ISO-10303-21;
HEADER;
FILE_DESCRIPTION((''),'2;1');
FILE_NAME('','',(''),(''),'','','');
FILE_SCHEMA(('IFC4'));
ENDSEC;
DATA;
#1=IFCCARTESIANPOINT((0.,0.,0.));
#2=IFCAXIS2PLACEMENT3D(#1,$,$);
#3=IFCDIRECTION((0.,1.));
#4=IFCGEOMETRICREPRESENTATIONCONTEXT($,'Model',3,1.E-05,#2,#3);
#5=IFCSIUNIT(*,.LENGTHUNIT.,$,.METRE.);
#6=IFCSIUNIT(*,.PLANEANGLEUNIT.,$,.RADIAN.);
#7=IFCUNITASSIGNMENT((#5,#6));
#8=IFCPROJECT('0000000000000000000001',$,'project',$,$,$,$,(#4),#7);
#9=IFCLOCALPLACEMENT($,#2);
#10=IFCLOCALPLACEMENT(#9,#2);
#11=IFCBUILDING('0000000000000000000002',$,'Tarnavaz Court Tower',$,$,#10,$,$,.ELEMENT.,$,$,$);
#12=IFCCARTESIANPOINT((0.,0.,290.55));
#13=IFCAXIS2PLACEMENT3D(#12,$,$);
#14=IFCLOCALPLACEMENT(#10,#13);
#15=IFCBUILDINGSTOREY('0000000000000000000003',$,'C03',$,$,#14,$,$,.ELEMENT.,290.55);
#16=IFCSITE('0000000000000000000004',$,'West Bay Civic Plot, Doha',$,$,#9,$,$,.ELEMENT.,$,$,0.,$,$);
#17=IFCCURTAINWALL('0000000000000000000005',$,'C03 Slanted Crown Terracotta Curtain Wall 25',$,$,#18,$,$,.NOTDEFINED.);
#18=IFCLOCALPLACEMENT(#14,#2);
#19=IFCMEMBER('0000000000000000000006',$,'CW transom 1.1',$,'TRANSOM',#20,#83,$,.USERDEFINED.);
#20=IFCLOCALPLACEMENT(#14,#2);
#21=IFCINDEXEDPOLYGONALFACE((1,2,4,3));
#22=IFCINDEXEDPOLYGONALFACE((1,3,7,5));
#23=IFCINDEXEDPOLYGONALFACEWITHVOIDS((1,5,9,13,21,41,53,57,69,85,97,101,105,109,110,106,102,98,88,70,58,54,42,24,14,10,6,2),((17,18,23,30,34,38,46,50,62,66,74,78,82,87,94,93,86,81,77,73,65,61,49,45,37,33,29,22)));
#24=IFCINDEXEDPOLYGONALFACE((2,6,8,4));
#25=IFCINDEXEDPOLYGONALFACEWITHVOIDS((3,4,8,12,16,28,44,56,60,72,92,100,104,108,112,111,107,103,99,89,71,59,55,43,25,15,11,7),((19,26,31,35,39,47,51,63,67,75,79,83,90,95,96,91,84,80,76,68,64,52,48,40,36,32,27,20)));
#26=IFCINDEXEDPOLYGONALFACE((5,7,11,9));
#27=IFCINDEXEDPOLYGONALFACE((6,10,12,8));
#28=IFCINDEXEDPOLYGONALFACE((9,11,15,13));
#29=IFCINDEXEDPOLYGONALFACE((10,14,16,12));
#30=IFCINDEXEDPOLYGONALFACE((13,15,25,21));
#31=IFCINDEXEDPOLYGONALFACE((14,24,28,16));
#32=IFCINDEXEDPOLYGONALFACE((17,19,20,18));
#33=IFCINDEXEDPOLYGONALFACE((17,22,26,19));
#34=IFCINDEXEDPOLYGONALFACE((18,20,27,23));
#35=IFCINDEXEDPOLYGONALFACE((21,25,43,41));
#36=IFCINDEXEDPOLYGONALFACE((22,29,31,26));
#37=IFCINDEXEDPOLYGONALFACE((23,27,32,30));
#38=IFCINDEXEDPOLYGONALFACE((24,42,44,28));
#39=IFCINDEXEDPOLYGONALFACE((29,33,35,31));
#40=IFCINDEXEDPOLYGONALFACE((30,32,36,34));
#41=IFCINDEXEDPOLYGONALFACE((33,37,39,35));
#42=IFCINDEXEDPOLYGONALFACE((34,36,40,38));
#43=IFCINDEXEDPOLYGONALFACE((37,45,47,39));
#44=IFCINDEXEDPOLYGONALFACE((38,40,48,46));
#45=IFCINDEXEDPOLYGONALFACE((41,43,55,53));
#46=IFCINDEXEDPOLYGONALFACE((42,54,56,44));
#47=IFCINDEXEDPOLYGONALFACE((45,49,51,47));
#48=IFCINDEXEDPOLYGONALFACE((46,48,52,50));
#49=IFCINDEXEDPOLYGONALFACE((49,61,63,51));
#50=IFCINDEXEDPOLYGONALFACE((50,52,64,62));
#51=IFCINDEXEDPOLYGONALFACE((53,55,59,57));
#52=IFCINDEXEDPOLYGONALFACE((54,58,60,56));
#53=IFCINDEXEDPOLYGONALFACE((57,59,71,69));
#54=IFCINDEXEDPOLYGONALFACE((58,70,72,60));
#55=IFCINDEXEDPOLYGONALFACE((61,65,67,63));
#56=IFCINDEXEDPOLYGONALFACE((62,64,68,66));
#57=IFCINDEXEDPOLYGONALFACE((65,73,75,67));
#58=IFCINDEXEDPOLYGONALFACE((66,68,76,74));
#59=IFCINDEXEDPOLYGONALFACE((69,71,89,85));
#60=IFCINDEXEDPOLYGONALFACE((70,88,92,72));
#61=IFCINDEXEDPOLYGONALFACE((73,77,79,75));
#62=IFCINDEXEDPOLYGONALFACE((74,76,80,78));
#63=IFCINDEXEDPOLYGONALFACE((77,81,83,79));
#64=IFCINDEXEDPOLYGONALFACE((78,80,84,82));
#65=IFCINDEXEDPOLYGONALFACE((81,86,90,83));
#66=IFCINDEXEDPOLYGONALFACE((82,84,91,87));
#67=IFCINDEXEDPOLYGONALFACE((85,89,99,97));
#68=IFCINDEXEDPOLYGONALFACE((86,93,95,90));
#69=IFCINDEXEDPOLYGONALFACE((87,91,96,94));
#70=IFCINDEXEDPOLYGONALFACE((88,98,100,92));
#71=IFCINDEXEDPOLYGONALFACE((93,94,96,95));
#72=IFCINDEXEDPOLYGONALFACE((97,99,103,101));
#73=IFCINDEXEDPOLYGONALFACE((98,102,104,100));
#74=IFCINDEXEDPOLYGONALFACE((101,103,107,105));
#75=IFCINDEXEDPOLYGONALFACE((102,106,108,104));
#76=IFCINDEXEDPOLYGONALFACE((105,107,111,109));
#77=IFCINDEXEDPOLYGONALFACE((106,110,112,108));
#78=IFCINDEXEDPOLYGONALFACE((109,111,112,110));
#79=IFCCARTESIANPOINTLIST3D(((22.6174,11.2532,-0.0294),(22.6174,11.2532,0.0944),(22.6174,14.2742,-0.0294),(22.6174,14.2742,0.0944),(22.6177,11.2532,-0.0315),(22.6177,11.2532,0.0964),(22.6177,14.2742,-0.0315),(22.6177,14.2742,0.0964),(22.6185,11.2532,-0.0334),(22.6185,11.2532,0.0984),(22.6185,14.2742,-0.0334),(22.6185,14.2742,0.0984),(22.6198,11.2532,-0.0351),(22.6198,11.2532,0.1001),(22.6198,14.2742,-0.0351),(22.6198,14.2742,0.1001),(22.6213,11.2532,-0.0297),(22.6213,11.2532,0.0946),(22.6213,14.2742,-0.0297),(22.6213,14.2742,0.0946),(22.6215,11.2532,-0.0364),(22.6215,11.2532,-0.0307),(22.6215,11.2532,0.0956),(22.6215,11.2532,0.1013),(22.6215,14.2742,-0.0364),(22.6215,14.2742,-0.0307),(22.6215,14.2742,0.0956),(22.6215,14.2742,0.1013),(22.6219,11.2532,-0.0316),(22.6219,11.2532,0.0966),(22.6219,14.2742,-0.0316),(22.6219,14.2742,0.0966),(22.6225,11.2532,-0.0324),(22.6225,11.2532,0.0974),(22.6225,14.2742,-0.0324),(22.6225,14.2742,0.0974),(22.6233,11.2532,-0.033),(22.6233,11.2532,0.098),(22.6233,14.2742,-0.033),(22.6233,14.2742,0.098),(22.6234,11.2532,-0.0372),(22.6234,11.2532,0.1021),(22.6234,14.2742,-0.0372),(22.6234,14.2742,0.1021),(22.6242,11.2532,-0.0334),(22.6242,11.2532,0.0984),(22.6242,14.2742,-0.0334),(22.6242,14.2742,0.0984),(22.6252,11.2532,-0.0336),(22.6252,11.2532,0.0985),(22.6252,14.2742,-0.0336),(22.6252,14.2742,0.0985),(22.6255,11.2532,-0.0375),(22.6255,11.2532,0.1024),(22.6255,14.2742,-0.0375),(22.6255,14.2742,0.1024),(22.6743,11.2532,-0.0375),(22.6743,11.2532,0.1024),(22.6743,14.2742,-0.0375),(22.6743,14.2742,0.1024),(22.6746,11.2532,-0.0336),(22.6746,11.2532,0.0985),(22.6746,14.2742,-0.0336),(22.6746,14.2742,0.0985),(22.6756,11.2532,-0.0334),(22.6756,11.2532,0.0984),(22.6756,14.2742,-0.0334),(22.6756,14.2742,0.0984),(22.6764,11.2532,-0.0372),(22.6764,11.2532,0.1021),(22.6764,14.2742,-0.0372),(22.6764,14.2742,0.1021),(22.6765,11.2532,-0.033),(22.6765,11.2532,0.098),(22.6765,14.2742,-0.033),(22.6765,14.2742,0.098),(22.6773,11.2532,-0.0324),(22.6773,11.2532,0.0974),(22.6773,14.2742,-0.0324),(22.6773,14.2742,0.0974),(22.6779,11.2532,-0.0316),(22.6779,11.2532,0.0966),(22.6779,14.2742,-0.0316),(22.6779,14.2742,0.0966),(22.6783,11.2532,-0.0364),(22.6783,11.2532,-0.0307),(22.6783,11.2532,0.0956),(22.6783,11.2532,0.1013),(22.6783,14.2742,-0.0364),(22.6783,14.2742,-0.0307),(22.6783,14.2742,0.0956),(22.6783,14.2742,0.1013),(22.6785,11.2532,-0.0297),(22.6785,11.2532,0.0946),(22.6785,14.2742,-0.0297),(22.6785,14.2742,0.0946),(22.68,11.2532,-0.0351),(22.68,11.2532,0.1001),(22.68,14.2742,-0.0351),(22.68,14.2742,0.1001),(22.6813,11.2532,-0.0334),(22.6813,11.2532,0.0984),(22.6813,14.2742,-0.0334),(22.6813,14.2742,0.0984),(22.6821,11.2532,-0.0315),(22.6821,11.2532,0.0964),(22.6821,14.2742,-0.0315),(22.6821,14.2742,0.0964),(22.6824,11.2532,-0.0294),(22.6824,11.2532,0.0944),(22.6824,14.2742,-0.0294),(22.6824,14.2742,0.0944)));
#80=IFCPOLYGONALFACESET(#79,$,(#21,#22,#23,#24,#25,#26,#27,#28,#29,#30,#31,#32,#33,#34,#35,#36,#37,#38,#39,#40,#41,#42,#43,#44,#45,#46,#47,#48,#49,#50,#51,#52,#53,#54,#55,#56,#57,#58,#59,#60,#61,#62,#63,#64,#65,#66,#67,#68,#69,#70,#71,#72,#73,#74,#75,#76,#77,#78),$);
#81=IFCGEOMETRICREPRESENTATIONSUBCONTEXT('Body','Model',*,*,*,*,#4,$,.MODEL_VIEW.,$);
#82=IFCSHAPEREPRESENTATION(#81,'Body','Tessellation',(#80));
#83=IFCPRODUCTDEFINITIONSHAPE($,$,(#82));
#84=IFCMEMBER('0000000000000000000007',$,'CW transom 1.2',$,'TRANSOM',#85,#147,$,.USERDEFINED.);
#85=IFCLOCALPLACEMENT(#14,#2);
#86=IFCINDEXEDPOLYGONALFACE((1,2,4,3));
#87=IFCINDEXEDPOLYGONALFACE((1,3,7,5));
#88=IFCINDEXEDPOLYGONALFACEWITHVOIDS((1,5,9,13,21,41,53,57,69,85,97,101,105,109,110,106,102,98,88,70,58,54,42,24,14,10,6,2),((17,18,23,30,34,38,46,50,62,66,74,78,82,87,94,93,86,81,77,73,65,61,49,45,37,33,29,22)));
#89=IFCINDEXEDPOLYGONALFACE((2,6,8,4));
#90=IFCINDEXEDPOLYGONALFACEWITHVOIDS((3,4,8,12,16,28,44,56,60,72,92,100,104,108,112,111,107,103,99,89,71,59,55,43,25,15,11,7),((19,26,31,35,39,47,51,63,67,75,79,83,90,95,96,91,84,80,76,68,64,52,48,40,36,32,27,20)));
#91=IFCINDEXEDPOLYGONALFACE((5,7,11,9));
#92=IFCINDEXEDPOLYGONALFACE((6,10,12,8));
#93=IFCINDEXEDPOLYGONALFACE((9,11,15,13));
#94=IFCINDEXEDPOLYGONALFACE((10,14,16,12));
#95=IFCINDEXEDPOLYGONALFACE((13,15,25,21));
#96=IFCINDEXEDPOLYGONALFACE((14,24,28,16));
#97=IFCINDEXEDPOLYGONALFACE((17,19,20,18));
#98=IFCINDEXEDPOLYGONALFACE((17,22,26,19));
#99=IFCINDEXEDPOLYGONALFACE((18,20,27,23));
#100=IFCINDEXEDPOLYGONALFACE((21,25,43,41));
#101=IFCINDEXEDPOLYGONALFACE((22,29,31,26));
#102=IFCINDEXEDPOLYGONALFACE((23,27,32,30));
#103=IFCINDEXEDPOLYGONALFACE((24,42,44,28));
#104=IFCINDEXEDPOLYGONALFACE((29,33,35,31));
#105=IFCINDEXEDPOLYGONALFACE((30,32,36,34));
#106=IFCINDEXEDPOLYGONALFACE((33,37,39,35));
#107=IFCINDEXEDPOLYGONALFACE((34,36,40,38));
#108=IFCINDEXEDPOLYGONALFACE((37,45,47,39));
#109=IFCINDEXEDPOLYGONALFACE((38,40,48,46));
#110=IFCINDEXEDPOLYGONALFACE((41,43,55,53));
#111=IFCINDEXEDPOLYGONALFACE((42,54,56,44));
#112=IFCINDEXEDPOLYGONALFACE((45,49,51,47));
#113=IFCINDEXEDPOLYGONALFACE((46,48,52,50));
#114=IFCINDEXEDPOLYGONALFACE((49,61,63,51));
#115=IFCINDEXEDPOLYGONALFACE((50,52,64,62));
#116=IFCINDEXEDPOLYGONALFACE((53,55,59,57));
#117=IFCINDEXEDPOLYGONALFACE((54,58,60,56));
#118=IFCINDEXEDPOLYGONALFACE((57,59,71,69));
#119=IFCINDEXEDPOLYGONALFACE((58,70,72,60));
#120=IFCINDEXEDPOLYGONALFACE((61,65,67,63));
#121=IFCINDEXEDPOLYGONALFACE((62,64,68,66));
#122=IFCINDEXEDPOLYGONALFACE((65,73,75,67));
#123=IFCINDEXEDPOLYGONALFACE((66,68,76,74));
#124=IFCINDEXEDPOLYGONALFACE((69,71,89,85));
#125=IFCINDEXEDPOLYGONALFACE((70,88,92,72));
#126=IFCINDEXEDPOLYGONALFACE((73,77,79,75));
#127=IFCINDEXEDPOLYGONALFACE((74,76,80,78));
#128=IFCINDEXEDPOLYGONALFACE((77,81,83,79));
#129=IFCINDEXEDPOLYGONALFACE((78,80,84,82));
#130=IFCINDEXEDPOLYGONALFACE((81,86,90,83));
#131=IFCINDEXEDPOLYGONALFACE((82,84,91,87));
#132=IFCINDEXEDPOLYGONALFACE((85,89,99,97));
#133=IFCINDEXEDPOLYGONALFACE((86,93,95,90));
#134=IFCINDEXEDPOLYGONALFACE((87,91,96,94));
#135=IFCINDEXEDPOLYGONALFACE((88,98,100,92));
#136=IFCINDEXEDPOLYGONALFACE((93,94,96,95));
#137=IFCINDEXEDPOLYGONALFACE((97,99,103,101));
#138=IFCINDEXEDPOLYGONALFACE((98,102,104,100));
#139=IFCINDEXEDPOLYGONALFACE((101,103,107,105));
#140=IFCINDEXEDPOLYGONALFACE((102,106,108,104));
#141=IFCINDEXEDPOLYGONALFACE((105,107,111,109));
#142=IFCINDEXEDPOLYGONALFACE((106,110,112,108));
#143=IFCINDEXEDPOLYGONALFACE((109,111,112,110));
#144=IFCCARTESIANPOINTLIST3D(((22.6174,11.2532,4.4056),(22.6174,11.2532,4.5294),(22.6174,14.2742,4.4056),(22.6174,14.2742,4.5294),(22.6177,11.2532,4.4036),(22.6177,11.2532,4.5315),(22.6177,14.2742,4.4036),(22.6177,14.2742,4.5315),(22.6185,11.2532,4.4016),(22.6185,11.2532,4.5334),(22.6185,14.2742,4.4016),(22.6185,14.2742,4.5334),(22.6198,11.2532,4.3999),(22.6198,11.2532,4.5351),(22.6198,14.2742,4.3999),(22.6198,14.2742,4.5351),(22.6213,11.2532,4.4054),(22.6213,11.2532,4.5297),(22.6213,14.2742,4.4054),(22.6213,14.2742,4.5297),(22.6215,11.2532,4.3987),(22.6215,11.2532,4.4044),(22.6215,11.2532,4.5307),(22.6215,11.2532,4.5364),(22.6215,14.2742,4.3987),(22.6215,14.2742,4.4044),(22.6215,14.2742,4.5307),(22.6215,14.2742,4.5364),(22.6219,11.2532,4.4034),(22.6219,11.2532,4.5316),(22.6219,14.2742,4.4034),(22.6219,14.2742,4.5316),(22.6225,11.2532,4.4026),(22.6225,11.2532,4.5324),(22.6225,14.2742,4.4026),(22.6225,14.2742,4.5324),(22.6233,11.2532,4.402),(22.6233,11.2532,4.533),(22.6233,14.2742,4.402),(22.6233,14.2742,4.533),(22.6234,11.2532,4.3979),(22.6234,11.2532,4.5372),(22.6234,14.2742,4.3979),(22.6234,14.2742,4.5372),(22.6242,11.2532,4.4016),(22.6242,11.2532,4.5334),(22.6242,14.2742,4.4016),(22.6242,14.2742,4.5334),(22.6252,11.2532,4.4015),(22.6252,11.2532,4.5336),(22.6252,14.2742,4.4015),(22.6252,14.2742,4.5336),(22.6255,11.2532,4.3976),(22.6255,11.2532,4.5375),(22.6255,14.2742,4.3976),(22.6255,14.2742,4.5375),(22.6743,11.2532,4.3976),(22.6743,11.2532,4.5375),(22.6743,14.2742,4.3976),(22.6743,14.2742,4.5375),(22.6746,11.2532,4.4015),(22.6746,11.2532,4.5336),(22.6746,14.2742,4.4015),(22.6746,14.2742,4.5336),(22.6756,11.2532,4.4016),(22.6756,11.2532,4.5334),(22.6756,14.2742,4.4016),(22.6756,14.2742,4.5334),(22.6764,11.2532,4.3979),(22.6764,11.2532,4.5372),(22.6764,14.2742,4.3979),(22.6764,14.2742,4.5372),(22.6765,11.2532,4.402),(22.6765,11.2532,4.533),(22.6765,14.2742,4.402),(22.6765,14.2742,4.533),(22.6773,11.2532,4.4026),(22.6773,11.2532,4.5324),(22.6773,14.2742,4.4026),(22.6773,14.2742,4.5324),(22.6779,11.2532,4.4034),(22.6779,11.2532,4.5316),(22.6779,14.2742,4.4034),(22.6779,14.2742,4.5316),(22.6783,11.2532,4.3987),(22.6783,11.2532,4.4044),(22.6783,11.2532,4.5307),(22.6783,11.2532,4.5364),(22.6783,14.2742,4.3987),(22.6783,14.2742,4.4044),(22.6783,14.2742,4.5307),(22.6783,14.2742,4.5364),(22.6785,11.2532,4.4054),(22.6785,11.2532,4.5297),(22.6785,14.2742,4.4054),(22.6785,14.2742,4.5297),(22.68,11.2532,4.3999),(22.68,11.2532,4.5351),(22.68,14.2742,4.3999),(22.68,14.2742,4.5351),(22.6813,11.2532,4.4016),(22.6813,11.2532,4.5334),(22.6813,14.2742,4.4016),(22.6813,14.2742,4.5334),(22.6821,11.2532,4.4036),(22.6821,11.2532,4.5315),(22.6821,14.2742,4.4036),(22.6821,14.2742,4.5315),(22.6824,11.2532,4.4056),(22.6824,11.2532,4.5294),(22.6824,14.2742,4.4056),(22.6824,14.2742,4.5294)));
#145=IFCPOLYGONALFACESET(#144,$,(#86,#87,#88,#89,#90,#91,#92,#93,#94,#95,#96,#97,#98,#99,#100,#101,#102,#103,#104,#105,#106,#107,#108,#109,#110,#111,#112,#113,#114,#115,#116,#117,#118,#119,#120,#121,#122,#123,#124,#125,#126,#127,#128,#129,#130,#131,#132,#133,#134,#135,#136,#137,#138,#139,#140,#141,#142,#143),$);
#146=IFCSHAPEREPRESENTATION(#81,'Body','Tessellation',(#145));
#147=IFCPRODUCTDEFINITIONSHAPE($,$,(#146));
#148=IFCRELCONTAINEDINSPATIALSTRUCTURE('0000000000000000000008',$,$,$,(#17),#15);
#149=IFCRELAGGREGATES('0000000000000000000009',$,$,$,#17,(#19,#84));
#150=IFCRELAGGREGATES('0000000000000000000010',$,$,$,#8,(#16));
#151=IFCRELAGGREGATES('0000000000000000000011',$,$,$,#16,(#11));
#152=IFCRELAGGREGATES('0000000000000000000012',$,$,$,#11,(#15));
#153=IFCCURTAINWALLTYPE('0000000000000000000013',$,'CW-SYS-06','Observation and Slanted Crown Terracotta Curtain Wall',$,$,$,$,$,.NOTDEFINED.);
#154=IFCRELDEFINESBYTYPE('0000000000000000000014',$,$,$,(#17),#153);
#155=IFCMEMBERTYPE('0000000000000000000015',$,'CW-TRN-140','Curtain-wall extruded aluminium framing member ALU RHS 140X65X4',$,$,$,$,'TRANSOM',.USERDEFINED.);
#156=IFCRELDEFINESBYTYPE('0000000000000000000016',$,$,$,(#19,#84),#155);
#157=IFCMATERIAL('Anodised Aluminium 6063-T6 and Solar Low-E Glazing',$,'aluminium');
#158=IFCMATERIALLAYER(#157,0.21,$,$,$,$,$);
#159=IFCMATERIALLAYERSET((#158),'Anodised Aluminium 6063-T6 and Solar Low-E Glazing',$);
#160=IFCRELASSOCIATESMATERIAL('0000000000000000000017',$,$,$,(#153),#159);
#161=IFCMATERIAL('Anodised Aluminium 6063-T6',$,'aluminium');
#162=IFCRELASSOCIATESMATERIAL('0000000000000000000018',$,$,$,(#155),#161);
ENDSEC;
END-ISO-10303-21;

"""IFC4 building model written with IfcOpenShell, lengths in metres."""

from ifc_helpers import new_model, si_unit, direction, frame, origin, origin_2d, place, context, subcontext, project, spatial, hollow_rectangle, extrude, material, layer, layer_set, material_profile, profile_set, type_object, element, aggregate, save


model = new_model("IFC4")

# Units and contexts
model_context = context("Model", 3, precision=1e-05, world=origin(), true_north=direction((0.0, 1.0)))
body_context = subcontext(model_context, "Body", "Model", "MODEL_VIEW")
ifc_project = project(units=[si_unit("LENGTHUNIT", "METRE"), si_unit("PLANEANGLEUNIT", "RADIAN")], contexts=[model_context])

# Site, building, storey
site_placement = place(None, origin())
site = spatial("IfcSite", under=ifc_project, at=site_placement, Name="West Bay Civic Plot, Doha", CompositionType="ELEMENT", RefElevation=0.0)
building_placement = place(site_placement, origin())
building = spatial("IfcBuilding", under=site, at=building_placement, Name="Tarnavaz Court Tower", CompositionType="ELEMENT")
storey_placement = place(building_placement, frame((0.0, 0.0, 290.55)))
storey = spatial("IfcBuildingStorey", under=building, at=storey_placement, Name="C03", CompositionType="ELEMENT", Elevation=290.55)

# Shared definitions
ifc_material_1 = material(Name="Anodised Aluminium 6063-T6 and Solar Low-E Glazing", Category="aluminium")
ifc_layer_1 = layer(ifc_material_1, 0.21)
ifc_layer_set_1 = layer_set([ifc_layer_1], Name="Anodised Aluminium 6063-T6 and Solar Low-E Glazing")
curtain_wall_type = type_object("IfcCurtainWallType", Name="CW-SYS-06", Description="Observation and Slanted Crown Terracotta Curtain Wall", PredefinedType="NOTDEFINED", material=ifc_layer_set_1)
ifc_material_2 = material(Name="Anodised Aluminium 6063-T6", Category="aluminium")

# Curtain wall
curtain_wall_1_placement = place(storey_placement, origin())
curtain_wall_1 = element("IfcCurtainWall", 1, at=curtain_wall_1_placement, inside=storey, type_object=curtain_wall_type, Name="C03 Slanted Crown Terracotta Curtain Wall 25", PredefinedType="NOTDEFINED")

# Members
ifc_material_profile_1 = material_profile(ifc_material_2, hollow_rectangle(XDim=0.0649, YDim=0.1399, WallThickness=0.0039, InnerFilletRadius=0.0039, OuterFilletRadius=0.0081, at=origin_2d()), Name="ALU RHS 140X65X4")
ifc_profile_set_1 = profile_set([ifc_material_profile_1], Name="Anodised Aluminium 6063-T6")
member_type_1 = type_object("IfcMemberType", Name="CW-TRN-140", Description="Curtain-wall extruded aluminium framing member ALU RHS 140X65X4", ElementType="TRANSOM", PredefinedType="USERDEFINED", material=ifc_profile_set_1)
member_1_placement = place(storey_placement, frame((22.6499, 14.2742, 0.0325), z_axis=(0.0, -1.0, 0.0), x_axis=(1.0, 0.0, 0.0)))
member_1 = element("IfcMember", 2, at=member_1_placement, type_object=member_type_1, Name="CW transom 1.1", ObjectType="TRANSOM", PredefinedType="USERDEFINED", context=body_context, shape_type="SweptSolid", body=[
    extrude(hollow_rectangle(XDim=0.0649, YDim=0.1399, WallThickness=0.0039, InnerFilletRadius=0.0039, OuterFilletRadius=0.0081, at=origin_2d()), origin(), (0.0, 0.0, 1.0), 3.021),
])
member_2_placement = place(storey_placement, frame((22.6499, 14.2742, 4.4675), z_axis=(0.0, -1.0, 0.0), x_axis=(1.0, 0.0, 0.0)))
member_2 = element("IfcMember", 3, at=member_2_placement, type_object=member_type_1, Name="CW transom 1.2", ObjectType="TRANSOM", PredefinedType="USERDEFINED", context=body_context, shape_type="SweptSolid", body=[
    extrude(hollow_rectangle(XDim=0.0649, YDim=0.1399, WallThickness=0.0039, InnerFilletRadius=0.0039, OuterFilletRadius=0.0081, at=origin_2d()), origin(), (0.0, 0.0, 1.0), 3.021),
])

aggregate(curtain_wall_1, [member_1, member_2])

save(model, "model.ifc")
